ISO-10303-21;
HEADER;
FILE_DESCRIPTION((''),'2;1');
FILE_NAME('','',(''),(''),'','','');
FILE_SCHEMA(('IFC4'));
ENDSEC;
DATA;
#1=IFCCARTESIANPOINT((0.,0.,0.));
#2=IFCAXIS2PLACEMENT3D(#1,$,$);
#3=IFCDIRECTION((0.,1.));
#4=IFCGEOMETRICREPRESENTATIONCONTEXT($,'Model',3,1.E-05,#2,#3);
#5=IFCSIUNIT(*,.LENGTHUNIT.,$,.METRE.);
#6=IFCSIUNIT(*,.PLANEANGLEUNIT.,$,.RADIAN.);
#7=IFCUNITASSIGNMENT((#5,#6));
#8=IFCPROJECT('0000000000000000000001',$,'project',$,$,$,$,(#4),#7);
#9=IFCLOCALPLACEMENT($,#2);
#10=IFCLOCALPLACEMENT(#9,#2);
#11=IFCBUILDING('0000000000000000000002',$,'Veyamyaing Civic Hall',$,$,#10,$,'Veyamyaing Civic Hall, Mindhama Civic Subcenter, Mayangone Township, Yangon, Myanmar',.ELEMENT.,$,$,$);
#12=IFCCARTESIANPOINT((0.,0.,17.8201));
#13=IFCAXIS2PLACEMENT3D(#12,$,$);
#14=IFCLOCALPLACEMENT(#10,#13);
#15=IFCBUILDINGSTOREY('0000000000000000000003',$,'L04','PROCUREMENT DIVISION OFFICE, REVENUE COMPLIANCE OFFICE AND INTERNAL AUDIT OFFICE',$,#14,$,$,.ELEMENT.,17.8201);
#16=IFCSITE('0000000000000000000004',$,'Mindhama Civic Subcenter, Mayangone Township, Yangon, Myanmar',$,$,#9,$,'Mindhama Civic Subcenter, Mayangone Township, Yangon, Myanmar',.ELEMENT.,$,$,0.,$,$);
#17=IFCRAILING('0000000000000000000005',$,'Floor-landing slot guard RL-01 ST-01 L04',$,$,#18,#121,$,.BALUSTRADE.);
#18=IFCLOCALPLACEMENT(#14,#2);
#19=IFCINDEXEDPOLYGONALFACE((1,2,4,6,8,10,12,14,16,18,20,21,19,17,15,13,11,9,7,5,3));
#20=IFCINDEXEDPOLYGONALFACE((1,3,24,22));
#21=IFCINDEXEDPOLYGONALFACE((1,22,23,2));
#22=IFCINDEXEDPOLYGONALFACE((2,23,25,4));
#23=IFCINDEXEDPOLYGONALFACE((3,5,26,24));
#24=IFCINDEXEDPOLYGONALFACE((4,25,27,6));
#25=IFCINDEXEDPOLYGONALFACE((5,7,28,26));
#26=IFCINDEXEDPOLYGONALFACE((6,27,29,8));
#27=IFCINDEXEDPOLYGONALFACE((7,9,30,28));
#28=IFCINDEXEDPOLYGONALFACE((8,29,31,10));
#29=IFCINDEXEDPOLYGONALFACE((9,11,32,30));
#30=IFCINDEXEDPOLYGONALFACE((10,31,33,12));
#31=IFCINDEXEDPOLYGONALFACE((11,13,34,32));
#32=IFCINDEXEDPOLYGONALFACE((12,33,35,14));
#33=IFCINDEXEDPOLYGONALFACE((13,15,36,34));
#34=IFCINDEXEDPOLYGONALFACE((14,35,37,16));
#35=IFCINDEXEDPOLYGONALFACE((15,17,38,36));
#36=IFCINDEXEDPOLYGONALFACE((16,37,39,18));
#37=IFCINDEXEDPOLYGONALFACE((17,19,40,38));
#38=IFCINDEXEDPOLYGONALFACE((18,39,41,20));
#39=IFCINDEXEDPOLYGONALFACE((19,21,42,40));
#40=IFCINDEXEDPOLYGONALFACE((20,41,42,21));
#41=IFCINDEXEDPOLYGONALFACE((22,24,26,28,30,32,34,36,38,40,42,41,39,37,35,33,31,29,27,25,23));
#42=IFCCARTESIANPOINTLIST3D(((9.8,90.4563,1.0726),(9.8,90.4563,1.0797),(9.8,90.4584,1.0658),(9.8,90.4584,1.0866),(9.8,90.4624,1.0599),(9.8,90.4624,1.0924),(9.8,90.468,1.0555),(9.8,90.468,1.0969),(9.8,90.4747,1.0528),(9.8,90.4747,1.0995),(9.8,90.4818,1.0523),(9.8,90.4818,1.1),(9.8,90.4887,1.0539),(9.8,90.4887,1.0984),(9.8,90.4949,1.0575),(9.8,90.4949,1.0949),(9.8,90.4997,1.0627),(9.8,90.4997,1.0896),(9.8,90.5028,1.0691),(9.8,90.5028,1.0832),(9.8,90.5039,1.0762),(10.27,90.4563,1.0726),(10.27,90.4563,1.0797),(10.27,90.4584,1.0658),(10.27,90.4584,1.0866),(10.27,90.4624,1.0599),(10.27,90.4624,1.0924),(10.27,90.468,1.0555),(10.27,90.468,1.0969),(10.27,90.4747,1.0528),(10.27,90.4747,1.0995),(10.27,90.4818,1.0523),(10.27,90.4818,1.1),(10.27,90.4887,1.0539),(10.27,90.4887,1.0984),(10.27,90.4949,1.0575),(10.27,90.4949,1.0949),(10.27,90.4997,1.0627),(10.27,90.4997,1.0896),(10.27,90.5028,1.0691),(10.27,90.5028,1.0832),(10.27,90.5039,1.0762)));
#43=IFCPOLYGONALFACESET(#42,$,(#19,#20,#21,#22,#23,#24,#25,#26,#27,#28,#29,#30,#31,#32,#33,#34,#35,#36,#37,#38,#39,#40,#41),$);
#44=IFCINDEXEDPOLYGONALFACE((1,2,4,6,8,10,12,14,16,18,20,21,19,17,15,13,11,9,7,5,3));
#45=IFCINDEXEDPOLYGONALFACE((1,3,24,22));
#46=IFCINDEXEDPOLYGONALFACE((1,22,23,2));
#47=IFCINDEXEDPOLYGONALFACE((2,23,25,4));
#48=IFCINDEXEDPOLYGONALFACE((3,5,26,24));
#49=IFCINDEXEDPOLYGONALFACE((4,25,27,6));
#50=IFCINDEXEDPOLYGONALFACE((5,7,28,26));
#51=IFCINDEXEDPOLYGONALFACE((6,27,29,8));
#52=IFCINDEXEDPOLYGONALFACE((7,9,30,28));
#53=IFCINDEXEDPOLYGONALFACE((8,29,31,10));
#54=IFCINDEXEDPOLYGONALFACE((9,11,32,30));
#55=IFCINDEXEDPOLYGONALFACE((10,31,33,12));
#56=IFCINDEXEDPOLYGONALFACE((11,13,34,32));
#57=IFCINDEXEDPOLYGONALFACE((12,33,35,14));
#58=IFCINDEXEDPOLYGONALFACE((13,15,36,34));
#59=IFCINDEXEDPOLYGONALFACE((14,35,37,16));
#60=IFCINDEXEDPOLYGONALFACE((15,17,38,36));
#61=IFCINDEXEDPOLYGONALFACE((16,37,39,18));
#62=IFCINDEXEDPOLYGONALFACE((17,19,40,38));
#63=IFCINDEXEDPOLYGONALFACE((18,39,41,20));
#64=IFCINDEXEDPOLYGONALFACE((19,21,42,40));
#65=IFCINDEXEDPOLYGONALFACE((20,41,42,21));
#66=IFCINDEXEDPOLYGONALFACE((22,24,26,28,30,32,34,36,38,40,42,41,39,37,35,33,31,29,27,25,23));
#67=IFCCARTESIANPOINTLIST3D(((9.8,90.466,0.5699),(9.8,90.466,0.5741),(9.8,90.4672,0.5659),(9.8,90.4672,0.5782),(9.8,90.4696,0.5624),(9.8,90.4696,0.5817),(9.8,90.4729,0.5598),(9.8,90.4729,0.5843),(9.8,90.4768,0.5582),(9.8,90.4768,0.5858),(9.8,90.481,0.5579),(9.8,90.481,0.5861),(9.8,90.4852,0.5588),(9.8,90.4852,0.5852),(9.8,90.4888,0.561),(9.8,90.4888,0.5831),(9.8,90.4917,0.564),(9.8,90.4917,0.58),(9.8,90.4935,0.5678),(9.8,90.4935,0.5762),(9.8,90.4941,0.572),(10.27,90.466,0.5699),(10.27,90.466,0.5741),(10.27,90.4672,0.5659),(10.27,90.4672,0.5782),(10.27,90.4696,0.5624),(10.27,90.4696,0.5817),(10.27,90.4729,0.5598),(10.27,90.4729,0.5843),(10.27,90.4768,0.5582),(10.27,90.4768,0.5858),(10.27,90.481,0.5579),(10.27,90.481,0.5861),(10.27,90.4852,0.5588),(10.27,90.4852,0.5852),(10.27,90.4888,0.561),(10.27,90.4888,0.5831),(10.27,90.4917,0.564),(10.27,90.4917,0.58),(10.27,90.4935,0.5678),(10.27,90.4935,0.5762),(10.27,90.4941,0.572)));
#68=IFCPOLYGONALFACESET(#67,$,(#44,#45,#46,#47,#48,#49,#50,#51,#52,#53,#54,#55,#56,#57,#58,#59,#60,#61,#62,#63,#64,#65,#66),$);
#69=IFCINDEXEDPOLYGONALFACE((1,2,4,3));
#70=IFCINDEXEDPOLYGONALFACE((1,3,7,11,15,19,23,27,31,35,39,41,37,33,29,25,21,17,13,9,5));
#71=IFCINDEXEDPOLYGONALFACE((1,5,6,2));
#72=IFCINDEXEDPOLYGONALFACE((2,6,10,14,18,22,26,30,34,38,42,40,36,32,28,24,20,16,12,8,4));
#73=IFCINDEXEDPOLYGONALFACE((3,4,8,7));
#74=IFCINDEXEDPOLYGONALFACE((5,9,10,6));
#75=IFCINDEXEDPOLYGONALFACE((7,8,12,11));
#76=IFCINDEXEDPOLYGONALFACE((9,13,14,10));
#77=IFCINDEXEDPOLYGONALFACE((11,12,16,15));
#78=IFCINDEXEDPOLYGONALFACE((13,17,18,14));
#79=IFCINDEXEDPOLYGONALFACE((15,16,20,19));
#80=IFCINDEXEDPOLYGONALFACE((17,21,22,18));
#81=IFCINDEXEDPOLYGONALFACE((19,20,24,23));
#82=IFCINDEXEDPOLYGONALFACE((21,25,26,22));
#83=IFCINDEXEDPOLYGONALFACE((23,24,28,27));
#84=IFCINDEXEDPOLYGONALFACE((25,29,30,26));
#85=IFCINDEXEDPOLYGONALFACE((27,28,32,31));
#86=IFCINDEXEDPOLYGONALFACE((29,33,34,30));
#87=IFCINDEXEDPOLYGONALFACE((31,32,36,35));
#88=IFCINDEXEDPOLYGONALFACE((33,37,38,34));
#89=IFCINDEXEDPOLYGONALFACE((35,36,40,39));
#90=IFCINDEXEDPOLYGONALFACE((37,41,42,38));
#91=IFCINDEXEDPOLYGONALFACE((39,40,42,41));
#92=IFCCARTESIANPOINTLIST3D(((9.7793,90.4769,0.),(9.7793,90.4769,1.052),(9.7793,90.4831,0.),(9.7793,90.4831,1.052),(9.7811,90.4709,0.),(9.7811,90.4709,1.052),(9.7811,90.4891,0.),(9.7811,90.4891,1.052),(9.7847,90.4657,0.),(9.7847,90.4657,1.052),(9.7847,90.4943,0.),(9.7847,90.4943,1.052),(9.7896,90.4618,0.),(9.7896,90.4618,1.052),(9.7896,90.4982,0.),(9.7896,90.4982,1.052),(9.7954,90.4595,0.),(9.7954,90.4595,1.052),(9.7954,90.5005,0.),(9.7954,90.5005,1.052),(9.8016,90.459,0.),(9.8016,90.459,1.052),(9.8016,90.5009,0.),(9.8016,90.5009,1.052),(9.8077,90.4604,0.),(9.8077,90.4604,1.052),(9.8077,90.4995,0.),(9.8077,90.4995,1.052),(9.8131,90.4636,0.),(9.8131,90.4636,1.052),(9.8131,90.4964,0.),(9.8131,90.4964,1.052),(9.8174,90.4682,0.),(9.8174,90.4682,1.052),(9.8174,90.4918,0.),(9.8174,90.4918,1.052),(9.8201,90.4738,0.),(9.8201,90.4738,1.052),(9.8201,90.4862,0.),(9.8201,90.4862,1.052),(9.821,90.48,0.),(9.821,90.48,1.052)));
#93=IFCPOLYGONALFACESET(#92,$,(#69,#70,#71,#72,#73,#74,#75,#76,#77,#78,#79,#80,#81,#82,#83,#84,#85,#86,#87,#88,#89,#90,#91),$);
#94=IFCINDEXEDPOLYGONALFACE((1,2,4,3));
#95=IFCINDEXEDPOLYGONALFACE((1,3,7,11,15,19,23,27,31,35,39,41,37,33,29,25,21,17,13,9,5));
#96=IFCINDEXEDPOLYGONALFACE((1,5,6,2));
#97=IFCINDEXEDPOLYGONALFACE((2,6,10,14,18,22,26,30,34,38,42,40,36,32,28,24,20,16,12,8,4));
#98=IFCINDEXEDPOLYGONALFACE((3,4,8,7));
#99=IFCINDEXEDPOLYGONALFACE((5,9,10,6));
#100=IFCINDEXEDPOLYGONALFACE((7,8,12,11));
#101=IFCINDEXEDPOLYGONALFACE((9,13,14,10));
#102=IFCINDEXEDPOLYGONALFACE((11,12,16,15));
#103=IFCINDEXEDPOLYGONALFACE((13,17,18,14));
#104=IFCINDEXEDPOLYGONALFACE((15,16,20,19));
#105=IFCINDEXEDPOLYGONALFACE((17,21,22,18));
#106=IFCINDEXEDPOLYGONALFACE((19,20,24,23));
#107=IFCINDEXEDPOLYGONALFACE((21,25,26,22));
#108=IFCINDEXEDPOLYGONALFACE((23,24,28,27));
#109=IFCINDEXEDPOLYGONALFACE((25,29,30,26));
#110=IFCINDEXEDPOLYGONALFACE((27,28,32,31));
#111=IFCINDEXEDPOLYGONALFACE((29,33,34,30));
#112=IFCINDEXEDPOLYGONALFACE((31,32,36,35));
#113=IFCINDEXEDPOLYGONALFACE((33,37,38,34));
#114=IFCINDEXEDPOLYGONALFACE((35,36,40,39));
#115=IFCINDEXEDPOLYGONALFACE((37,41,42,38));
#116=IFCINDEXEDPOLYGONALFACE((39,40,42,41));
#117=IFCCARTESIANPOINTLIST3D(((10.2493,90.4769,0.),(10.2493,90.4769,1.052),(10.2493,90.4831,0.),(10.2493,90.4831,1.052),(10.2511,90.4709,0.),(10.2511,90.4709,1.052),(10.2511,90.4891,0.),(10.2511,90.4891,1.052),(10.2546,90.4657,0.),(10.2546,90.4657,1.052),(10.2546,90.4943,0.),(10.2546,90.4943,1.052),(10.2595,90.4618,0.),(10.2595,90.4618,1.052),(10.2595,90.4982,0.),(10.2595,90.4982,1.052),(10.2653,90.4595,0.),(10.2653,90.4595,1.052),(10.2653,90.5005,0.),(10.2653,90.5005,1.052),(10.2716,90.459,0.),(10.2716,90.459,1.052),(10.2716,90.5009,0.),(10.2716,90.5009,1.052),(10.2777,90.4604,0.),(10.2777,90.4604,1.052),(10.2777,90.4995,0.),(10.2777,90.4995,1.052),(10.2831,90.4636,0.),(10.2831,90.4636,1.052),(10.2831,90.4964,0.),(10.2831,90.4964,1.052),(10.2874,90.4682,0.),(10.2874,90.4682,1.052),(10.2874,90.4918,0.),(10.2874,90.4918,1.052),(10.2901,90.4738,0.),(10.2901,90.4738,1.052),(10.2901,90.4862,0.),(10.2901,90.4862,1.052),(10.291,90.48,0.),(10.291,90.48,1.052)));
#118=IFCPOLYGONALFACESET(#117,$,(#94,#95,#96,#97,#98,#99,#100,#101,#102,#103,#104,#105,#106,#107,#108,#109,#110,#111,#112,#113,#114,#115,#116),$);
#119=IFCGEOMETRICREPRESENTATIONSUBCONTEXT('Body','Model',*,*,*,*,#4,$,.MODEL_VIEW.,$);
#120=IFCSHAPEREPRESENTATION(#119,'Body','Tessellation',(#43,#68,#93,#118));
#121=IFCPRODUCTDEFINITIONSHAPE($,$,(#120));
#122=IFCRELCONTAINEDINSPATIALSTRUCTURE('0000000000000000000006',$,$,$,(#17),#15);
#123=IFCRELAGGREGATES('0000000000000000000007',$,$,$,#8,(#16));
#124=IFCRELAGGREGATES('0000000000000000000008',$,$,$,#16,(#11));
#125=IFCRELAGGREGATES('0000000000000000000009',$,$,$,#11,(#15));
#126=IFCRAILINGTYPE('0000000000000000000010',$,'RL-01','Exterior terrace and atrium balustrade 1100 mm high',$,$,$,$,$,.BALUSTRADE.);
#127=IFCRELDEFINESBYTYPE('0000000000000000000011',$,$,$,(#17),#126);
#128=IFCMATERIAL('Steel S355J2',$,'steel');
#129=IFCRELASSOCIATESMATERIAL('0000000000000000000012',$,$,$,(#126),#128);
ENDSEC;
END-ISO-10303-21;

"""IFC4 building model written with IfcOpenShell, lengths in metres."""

from ifc_helpers import new_model, si_unit, direction, frame, origin, origin_2d, place, context, subcontext, project, spatial, circle, extrude, material, type_object, element, save


model = new_model("IFC4")

# Units and contexts
model_context = context("Model", 3, precision=1e-05, world=origin(), true_north=direction((0.0, 1.0)))
body_context = subcontext(model_context, "Body", "Model", "MODEL_VIEW")
ifc_project = project(units=[si_unit("LENGTHUNIT", "METRE"), si_unit("PLANEANGLEUNIT", "RADIAN")], contexts=[model_context])

# Site, building, storey
site_placement = place(None, origin())
site = spatial("IfcSite", under=ifc_project, at=site_placement, Name="Mindhama Civic Subcenter, Mayangone Township, Yangon, Myanmar", LongName="Mindhama Civic Subcenter, Mayangone Township, Yangon, Myanmar", CompositionType="ELEMENT", RefElevation=0.0)
building_placement = place(site_placement, origin())
building = spatial("IfcBuilding", under=site, at=building_placement, Name="Veyamyaing Civic Hall", LongName="Veyamyaing Civic Hall, Mindhama Civic Subcenter, Mayangone Township, Yangon, Myanmar", CompositionType="ELEMENT")
storey_placement = place(building_placement, frame((0.0, 0.0, 17.8201)))
storey = spatial("IfcBuildingStorey", under=building, at=storey_placement, Name="L04", Description="PROCUREMENT DIVISION OFFICE, REVENUE COMPLIANCE OFFICE AND INTERNAL AUDIT OFFICE", CompositionType="ELEMENT", Elevation=17.8201)

# Railing
ifc_material_1 = material(Name="Steel S355J2", Category="steel")
railing_type_1 = type_object("IfcRailingType", Name="RL-01", Description="Exterior terrace and atrium balustrade 1100 mm high", PredefinedType="BALUSTRADE", material=ifc_material_1)
railing_1_placement = place(storey_placement, frame((9.8, 90.48, 0.0)))
element("IfcRailing", 1, at=railing_1_placement, inside=storey, type_object=railing_type_1, Name="Floor-landing slot guard RL-01 ST-01 L04", PredefinedType="BALUSTRADE", context=body_context, shape_type="SweptSolid", body=[
    extrude(circle(Radius=0.0239, at=origin_2d()), frame((0.0, 0.0, 1.0762), z_axis=(1.0, 0.0, 0.0), x_axis=(0.0, 1.0, 0.0)), (0.0, 0.0, 1.0), 0.47),
    extrude(circle(Radius=0.0142, at=origin_2d()), frame((0.0, 0.0, 0.572), z_axis=(1.0, 0.0, 0.0), x_axis=(0.0, 1.0, 0.0)), (0.0, 0.0, 1.0), 0.47),
    extrude(circle(Radius=0.021, at=origin_2d()), origin(), (0.0, 0.0, 1.0), 1.052),
    extrude(circle(Radius=0.021, at=origin_2d()), frame((0.47, 0.0, 0.0)), (0.0, 0.0, 1.0), 1.052),
])

save(model, "model.ifc")
